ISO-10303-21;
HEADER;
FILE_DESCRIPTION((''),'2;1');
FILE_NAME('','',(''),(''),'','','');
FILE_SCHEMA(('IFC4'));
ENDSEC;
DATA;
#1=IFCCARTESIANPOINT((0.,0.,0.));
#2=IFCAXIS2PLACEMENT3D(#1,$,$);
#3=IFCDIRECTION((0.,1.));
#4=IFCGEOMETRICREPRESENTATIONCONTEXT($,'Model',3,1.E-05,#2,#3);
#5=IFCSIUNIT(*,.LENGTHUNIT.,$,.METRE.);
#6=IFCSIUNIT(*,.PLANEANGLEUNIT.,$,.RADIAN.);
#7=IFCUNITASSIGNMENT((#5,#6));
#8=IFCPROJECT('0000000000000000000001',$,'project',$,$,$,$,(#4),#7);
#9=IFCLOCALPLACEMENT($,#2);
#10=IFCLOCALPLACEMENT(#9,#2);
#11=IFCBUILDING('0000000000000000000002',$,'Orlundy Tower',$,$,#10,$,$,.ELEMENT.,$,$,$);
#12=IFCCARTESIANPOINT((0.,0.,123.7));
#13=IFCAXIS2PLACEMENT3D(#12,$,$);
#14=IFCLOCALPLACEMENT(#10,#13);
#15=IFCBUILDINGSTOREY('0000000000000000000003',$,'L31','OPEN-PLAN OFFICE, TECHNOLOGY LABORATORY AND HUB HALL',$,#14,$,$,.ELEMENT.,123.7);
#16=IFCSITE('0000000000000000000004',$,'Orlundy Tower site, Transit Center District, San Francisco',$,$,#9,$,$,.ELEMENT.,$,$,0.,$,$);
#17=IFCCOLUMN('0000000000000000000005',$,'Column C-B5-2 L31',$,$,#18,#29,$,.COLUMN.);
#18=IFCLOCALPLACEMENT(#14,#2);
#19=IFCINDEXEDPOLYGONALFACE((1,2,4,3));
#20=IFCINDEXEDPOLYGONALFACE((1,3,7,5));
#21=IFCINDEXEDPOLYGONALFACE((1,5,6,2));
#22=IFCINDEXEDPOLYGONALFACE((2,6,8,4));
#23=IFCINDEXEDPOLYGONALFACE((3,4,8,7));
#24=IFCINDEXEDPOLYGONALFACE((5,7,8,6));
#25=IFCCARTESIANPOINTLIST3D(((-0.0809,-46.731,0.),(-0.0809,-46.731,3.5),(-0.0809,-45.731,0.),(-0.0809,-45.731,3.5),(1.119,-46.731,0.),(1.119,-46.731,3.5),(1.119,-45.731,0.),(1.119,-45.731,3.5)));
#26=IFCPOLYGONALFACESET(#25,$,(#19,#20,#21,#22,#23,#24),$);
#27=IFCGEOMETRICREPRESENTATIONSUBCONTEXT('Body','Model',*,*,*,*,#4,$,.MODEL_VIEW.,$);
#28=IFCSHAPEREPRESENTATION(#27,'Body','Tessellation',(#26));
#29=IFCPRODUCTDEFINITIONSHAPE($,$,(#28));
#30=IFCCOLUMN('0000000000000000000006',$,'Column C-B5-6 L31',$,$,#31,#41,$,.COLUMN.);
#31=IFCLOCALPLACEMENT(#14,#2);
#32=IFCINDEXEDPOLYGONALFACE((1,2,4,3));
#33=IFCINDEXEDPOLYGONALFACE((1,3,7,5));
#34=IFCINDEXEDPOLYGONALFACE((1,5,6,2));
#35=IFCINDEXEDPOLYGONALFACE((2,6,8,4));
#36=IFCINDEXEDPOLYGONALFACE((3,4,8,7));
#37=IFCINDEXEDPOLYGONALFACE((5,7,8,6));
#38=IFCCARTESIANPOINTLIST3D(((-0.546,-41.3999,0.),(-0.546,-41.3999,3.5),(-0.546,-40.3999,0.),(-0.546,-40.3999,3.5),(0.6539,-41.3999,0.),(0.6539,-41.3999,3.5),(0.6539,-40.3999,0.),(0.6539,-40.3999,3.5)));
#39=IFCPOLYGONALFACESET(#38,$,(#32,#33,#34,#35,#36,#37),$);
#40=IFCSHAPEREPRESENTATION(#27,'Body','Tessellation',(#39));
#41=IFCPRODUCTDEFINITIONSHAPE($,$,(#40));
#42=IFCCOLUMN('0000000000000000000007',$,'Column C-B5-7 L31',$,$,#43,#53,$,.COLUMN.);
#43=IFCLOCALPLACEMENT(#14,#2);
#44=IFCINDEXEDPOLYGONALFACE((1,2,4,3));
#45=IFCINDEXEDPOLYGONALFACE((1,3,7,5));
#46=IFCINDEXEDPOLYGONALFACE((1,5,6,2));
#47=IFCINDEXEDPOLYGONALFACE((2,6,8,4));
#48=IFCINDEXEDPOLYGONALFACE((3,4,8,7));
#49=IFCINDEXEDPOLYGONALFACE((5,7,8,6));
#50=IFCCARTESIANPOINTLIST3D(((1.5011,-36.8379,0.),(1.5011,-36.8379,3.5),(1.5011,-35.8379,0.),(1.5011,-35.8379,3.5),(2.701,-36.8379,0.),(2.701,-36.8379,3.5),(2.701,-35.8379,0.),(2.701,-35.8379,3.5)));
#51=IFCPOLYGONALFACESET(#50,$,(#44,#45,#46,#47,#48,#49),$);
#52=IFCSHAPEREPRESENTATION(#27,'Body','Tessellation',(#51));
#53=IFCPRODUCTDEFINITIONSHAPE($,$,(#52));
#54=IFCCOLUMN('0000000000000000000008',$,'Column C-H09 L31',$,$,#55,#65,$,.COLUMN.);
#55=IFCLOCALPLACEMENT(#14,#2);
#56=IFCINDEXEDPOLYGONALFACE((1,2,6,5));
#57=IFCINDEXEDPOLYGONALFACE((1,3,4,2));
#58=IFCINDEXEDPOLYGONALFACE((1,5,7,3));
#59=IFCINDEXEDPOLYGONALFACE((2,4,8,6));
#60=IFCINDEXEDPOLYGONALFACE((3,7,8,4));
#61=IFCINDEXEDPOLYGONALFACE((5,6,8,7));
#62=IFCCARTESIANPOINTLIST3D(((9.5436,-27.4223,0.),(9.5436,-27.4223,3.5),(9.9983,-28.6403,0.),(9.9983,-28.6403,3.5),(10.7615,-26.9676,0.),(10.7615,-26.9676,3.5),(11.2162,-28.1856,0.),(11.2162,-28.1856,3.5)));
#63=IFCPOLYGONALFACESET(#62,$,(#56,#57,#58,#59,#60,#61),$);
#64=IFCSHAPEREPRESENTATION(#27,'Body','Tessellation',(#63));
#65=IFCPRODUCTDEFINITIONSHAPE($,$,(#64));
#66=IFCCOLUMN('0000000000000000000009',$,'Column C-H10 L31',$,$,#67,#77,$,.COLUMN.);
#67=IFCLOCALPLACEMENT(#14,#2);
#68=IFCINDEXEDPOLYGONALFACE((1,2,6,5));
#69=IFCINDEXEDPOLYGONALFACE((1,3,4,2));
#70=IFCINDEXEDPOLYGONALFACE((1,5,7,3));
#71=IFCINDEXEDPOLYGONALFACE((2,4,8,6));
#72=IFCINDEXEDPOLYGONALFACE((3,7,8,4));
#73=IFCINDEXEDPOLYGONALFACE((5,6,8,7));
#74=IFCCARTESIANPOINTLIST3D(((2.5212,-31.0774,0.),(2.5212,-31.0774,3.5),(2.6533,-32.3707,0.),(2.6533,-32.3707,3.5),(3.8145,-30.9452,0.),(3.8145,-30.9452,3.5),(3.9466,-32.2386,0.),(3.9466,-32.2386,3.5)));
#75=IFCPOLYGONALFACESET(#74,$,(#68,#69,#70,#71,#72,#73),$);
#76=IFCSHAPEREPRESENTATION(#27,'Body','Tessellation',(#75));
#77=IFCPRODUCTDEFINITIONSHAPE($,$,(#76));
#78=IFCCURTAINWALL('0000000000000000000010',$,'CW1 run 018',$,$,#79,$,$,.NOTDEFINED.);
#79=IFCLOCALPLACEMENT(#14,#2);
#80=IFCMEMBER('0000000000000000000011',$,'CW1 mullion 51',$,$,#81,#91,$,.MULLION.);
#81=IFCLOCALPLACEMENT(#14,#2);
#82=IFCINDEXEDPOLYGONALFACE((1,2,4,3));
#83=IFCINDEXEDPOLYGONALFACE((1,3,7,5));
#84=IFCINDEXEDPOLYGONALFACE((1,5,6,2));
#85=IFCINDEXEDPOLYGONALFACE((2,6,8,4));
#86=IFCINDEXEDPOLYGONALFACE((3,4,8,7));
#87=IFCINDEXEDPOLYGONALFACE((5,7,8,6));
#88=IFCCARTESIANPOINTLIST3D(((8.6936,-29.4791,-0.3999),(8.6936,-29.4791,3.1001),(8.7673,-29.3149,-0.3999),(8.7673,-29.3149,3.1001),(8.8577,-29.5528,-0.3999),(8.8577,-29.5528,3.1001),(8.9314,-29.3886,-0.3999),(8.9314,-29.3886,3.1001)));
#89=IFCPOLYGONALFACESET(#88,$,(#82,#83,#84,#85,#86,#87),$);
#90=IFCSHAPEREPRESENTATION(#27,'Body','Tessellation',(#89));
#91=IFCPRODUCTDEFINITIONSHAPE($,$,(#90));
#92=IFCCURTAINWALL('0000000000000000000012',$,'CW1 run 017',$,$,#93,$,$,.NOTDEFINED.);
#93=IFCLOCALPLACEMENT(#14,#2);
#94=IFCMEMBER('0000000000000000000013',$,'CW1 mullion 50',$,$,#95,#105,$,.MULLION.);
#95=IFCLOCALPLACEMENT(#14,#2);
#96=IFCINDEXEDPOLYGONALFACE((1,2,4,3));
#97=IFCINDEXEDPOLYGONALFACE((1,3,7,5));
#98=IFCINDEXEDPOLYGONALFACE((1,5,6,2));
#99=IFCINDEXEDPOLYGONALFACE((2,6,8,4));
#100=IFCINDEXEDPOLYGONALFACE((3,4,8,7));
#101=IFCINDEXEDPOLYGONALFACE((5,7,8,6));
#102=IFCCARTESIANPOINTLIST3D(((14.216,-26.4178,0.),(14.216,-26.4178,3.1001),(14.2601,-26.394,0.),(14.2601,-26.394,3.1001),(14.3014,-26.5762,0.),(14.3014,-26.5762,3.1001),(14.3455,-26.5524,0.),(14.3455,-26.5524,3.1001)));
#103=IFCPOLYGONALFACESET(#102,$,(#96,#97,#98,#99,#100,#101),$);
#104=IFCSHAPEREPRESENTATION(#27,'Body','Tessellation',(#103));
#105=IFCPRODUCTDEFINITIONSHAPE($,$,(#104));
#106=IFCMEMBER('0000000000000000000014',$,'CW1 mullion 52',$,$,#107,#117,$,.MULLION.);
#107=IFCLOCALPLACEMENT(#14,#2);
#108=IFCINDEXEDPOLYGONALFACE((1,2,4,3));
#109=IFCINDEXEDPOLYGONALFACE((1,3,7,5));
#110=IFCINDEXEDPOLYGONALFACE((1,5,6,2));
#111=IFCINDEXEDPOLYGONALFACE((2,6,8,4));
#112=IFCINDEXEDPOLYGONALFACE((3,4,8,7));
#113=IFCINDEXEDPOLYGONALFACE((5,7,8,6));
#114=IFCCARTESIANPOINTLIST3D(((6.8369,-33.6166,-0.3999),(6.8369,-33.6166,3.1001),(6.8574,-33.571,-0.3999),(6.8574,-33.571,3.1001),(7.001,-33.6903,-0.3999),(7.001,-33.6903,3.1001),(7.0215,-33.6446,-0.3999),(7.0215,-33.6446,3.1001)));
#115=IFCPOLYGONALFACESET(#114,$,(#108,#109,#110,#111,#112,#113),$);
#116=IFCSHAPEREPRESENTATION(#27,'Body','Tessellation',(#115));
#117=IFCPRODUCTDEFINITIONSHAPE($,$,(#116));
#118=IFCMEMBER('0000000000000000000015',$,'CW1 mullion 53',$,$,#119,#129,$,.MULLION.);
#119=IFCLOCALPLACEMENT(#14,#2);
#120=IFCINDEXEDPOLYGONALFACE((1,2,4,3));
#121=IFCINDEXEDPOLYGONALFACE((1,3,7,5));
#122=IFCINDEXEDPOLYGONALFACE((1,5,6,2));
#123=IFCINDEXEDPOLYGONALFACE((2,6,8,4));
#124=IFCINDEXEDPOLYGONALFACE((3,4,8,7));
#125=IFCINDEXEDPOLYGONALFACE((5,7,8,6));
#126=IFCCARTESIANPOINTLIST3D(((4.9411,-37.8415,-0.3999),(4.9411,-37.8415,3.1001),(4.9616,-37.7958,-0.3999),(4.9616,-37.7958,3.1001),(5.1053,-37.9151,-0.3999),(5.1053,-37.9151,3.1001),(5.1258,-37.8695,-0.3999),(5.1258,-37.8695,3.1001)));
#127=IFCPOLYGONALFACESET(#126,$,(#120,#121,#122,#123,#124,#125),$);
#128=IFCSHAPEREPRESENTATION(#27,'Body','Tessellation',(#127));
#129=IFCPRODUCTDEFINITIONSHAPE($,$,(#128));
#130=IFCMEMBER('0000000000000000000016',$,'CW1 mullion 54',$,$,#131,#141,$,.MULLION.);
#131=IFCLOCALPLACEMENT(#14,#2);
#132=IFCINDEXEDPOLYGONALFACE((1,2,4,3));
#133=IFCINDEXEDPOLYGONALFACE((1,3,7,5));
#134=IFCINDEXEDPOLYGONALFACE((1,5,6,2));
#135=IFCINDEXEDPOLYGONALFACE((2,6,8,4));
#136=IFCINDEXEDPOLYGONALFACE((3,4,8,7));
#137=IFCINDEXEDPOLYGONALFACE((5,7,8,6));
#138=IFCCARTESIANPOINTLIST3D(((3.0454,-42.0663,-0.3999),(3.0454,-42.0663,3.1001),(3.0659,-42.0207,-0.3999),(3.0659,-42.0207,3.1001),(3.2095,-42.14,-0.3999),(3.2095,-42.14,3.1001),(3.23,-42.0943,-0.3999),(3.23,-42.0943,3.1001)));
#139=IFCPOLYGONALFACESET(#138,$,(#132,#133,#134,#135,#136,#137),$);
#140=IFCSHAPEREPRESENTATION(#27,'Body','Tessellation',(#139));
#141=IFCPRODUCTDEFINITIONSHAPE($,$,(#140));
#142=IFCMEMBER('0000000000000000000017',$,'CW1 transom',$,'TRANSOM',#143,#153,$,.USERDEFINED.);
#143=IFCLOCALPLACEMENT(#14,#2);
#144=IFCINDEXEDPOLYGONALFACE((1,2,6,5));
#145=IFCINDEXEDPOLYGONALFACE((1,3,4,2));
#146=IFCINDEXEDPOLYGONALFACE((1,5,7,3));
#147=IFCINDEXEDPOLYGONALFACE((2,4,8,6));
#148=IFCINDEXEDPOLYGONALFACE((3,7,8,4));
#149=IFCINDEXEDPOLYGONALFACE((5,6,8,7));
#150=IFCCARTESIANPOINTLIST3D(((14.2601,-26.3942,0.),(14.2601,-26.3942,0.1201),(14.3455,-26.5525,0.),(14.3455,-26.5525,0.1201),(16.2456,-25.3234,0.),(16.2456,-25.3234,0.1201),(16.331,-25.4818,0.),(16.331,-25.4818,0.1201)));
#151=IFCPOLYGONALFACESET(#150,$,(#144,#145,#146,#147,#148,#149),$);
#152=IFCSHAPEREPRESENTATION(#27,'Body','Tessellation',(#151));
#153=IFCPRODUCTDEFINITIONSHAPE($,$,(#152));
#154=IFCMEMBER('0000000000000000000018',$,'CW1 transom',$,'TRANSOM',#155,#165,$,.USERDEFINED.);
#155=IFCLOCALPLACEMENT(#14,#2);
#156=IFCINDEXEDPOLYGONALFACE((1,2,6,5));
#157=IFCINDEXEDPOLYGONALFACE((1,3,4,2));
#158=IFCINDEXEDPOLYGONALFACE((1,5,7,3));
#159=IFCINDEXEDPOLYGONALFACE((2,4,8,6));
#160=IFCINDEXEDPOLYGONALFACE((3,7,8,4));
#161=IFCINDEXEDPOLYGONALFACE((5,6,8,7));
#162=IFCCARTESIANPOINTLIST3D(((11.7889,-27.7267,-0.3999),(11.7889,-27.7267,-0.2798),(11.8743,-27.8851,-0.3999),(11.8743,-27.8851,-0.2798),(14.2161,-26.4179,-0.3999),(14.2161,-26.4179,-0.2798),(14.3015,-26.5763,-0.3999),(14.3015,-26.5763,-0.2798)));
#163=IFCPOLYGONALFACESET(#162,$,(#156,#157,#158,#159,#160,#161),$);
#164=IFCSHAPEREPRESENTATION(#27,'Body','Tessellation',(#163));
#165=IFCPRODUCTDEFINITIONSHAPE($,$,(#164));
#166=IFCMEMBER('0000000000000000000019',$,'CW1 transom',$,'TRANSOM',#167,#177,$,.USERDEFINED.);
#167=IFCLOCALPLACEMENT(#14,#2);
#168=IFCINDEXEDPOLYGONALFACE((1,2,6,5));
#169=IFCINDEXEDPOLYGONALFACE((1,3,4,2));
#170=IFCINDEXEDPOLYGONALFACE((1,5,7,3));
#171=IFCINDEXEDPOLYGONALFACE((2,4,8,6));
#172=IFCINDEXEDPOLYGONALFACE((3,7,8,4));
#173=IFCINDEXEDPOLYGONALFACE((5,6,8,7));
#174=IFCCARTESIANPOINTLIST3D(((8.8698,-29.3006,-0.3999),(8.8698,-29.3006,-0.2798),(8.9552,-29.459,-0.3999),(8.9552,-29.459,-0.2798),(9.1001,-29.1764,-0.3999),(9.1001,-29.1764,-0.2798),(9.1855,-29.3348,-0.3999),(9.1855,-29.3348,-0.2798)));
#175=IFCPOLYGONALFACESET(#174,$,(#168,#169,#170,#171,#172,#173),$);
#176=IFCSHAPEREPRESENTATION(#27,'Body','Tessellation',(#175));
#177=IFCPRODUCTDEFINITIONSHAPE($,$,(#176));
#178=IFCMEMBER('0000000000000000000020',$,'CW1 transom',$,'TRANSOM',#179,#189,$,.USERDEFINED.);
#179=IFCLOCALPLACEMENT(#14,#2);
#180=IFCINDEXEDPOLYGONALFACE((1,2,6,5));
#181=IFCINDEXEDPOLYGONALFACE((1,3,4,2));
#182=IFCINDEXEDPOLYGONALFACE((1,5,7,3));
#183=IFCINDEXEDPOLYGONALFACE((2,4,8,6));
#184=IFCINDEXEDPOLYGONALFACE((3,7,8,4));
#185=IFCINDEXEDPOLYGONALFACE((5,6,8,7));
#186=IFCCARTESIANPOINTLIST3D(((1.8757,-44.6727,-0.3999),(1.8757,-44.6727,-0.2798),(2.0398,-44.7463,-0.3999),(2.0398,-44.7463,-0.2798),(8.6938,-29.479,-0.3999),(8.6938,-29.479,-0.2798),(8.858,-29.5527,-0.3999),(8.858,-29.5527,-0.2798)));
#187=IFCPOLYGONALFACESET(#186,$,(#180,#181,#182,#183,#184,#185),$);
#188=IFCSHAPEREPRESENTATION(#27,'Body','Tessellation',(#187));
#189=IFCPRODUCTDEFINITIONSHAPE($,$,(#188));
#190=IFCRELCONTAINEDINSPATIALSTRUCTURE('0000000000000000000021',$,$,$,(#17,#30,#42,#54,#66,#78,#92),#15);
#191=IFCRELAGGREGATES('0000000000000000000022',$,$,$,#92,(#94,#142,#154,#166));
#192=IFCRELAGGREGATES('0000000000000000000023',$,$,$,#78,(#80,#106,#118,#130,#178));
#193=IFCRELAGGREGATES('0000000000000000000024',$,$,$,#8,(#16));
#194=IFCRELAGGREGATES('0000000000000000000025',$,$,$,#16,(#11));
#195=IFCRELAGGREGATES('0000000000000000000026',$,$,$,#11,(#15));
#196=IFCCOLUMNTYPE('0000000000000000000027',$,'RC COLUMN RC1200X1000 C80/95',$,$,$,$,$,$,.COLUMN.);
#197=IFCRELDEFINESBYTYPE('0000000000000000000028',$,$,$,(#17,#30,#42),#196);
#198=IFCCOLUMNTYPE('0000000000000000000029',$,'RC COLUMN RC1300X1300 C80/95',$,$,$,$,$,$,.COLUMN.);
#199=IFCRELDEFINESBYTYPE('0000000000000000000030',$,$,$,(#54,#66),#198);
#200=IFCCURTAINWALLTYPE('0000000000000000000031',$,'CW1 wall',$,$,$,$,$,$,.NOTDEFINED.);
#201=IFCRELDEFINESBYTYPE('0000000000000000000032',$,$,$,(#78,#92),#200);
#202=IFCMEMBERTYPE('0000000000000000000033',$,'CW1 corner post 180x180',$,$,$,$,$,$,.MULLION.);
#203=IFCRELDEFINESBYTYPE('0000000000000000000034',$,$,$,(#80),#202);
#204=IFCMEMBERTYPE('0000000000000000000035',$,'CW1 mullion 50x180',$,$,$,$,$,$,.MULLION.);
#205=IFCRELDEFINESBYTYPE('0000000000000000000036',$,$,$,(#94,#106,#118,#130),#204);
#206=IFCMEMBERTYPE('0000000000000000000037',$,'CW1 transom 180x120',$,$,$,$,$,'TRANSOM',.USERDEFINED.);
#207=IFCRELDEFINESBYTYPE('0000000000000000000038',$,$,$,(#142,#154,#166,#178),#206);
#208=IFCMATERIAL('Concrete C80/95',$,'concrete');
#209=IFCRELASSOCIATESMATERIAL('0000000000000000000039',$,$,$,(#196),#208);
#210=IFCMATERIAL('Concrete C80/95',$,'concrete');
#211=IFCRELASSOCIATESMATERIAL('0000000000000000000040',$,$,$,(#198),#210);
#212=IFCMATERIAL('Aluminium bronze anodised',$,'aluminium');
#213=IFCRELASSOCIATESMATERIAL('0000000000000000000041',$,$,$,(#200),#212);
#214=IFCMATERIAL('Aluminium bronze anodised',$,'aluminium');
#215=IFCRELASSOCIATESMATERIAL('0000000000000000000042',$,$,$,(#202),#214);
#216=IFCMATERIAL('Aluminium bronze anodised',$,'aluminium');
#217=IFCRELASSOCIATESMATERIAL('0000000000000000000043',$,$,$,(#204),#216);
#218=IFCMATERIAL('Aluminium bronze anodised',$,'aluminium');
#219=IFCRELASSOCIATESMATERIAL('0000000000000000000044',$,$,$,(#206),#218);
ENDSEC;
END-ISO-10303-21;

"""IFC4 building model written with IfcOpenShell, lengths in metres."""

from ifc_helpers import new_model, si_unit, direction, frame, origin, origin_2d, place, context, subcontext, project, spatial, rectangle, extrude, material, material_profile, profile_set, type_object, element, aggregate, save


model = new_model("IFC4")

# Units and contexts
model_context = context("Model", 3, precision=1e-05, world=origin(), true_north=direction((0.0, 1.0)))
body_context = subcontext(model_context, "Body", "Model", "MODEL_VIEW")
ifc_project = project(units=[si_unit("LENGTHUNIT", "METRE"), si_unit("PLANEANGLEUNIT", "RADIAN")], contexts=[model_context])

# Site, building, storey
site_placement = place(None, origin())
site = spatial("IfcSite", under=ifc_project, at=site_placement, Name="Orlundy Tower site, Transit Center District, San Francisco", CompositionType="ELEMENT", RefElevation=0.0)
building_placement = place(site_placement, origin())
building = spatial("IfcBuilding", under=site, at=building_placement, Name="Orlundy Tower", CompositionType="ELEMENT")
storey_placement = place(building_placement, frame((0.0, 0.0, 123.7)))
storey = spatial("IfcBuildingStorey", under=building, at=storey_placement, Name="L31", Description="OPEN-PLAN OFFICE, TECHNOLOGY LABORATORY AND HUB HALL", CompositionType="ELEMENT", Elevation=123.7)

# Columns
ifc_material_1 = material(Name="Concrete C80/95", Category="concrete")
ifc_material_profile_1 = material_profile(ifc_material_1, rectangle(XDim=1.2, YDim=1.0, at=origin_2d()), Name="RC1200X1000")
ifc_profile_set_1 = profile_set([ifc_material_profile_1], Name="Concrete C80/95")
column_type_1 = type_object("IfcColumnType", Name="RC COLUMN RC1200X1000 C80/95", PredefinedType="COLUMN", material=ifc_profile_set_1)
for number, where, z_axis, x_axis, name in (
    (1, (0.519, -46.231, 0.0), (0.0, 0.0, 1.0), (1.0, 0.0, 0.0), "Column C-B5-2 L31"),
    (2, (0.054, -40.8999, 0.0), (0.0, 0.0, 1.0), (1.0, 0.0, 0.0), "Column C-B5-6 L31"),
    (3, (2.1011, -36.3379, 0.0), (0.0, 0.0, 1.0), (1.0, 0.0, 0.0), "Column C-B5-7 L31"),
):
    element("IfcColumn", number, at=place(storey_placement, frame(where, z_axis=z_axis, x_axis=x_axis)), inside=storey, type_object=column_type_1, Name=name, PredefinedType="COLUMN", context=body_context, shape_type="SweptSolid", body=[
        extrude(rectangle(XDim=1.2, YDim=1.0, at=origin_2d()), origin(), (0.0, 0.0, 1.0), 3.5),
    ])
ifc_material_2 = material(Name="Concrete C80/95", Category="concrete")
ifc_material_profile_2 = material_profile(ifc_material_2, rectangle(XDim=1.3, YDim=1.3, at=origin_2d()), Name="RC1300X1300")
ifc_profile_set_2 = profile_set([ifc_material_profile_2], Name="Concrete C80/95")
column_type_2 = type_object("IfcColumnType", Name="RC COLUMN RC1300X1300 C80/95", PredefinedType="COLUMN", material=ifc_profile_set_2)
for number, where, z_axis, x_axis, name in (
    (4, (10.3799, -27.804, 0.0), (0.0, 0.0, 1.0), (0.34975, -0.936843, 0.0), "Column C-H09 L31"),
    (5, (3.2339, -31.658, 0.0), (0.0, 0.0, 1.0), (0.101629, -0.994822, 0.0), "Column C-H10 L31"),
):
    element("IfcColumn", number, at=place(storey_placement, frame(where, z_axis=z_axis, x_axis=x_axis)), inside=storey, type_object=column_type_2, Name=name, PredefinedType="COLUMN", context=body_context, shape_type="SweptSolid", body=[
        extrude(rectangle(XDim=1.3, YDim=1.3, at=origin_2d()), origin(), (0.0, 0.0, 1.0), 3.5),
    ])

# Curtain walls, members
ifc_material_3 = material(Name="Aluminium bronze anodised", Category="aluminium")
curtain_wall_type = type_object("IfcCurtainWallType", Name="CW1 wall", PredefinedType="NOTDEFINED", material=ifc_material_3)
curtain_wall_1_placement = place(storey_placement, origin())
curtain_wall_1 = element("IfcCurtainWall", 6, at=curtain_wall_1_placement, inside=storey, type_object=curtain_wall_type, Name="CW1 run 018", PredefinedType="NOTDEFINED")
ifc_material_4 = material(Name="Aluminium bronze anodised", Category="aluminium")
ifc_material_profile_3 = material_profile(ifc_material_4, rectangle(XDim=0.1799, YDim=0.1799, at=origin_2d()), Name="CW1 corner post 180x180")
ifc_profile_set_3 = profile_set([ifc_material_profile_3], Name="Aluminium bronze anodised")
member_type_1 = type_object("IfcMemberType", Name="CW1 corner post 180x180", PredefinedType="MULLION", material=ifc_profile_set_3)
member_1_placement = place(storey_placement, frame((8.8125, -29.4338, -0.3999), z_axis=(0.0, 0.0, 1.0), x_axis=(0.912353, -0.409405, 0.0)))
member_1 = element("IfcMember", 7, at=member_1_placement, type_object=member_type_1, Name="CW1 mullion 51", PredefinedType="MULLION", context=body_context, shape_type="SweptSolid", body=[
    extrude(rectangle(XDim=0.1799, YDim=0.1799, at=origin_2d()), origin(), (0.0, 0.0, 1.0), 3.5),
])
curtain_wall_2_placement = place(storey_placement, origin())
curtain_wall_2 = element("IfcCurtainWall", 8, at=curtain_wall_2_placement, inside=storey, type_object=curtain_wall_type, Name="CW1 run 017", PredefinedType="NOTDEFINED")
ifc_material_5 = material(Name="Aluminium bronze anodised", Category="aluminium")
ifc_material_profile_4 = material_profile(ifc_material_5, rectangle(XDim=0.1799, YDim=0.05, at=origin_2d()), Name="CW1 mullion 50x180")
ifc_profile_set_4 = profile_set([ifc_material_profile_4], Name="Aluminium bronze anodised")
member_type_2 = type_object("IfcMemberType", Name="CW1 mullion 50x180", PredefinedType="MULLION", material=ifc_profile_set_4)
member_2_placement = place(storey_placement, frame((14.2808, -26.4851, 0.0), z_axis=(0.0, 0.0, 1.0), x_axis=(0.474616, -0.880193, 0.0)))
member_2 = element("IfcMember", 9, at=member_2_placement, type_object=member_type_2, Name="CW1 mullion 50", PredefinedType="MULLION", context=body_context, shape_type="SweptSolid", body=[
    extrude(rectangle(XDim=0.1799, YDim=0.05, at=origin_2d()), origin(), (0.0, 0.0, 1.0), 3.1001),
])

# Members
member_3_placement = place(storey_placement, frame((6.9292, -33.6306, -0.3999), z_axis=(0.0, 0.0, 1.0), x_axis=(0.912353, -0.409405, 0.0)))
member_3 = element("IfcMember", 10, at=member_3_placement, type_object=member_type_2, Name="CW1 mullion 52", PredefinedType="MULLION", context=body_context, shape_type="SweptSolid", body=[
    extrude(rectangle(XDim=0.1799, YDim=0.05, at=origin_2d()), origin(), (0.0, 0.0, 1.0), 3.5),
])
member_4_placement = place(storey_placement, frame((5.0334, -37.8555, -0.3999), z_axis=(0.0, 0.0, 1.0), x_axis=(0.912353, -0.409405, 0.0)))
member_4 = element("IfcMember", 11, at=member_4_placement, type_object=member_type_2, Name="CW1 mullion 53", PredefinedType="MULLION", context=body_context, shape_type="SweptSolid", body=[
    extrude(rectangle(XDim=0.1799, YDim=0.05, at=origin_2d()), origin(), (0.0, 0.0, 1.0), 3.5),
])
member_5_placement = place(storey_placement, frame((3.1377, -42.0803, -0.3999), z_axis=(0.0, 0.0, 1.0), x_axis=(0.912353, -0.409405, 0.0)))
member_5 = element("IfcMember", 12, at=member_5_placement, type_object=member_type_2, Name="CW1 mullion 54", PredefinedType="MULLION", context=body_context, shape_type="SweptSolid", body=[
    extrude(rectangle(XDim=0.1799, YDim=0.05, at=origin_2d()), origin(), (0.0, 0.0, 1.0), 3.5),
])
ifc_material_6 = material(Name="Aluminium bronze anodised", Category="aluminium")
ifc_material_profile_5 = material_profile(ifc_material_6, rectangle(XDim=0.1799, YDim=0.1201, at=origin_2d()), Name="CW1 transom 180x120")
ifc_profile_set_5 = profile_set([ifc_material_profile_5], Name="Aluminium bronze anodised")
member_type_3 = type_object("IfcMemberType", Name="CW1 transom 180x120", ElementType="TRANSOM", PredefinedType="USERDEFINED", material=ifc_profile_set_5)
member_6_placement = place(storey_placement, frame((16.2883, -25.4026, 0.0601), z_axis=(-0.880169, -0.474661, 0.0), x_axis=(0.474661, -0.880169, 0.0)))
member_6 = element("IfcMember", 13, at=member_6_placement, type_object=member_type_3, Name="CW1 transom", ObjectType="TRANSOM", PredefinedType="USERDEFINED", context=body_context, shape_type="SweptSolid", body=[
    extrude(rectangle(XDim=0.1799, YDim=0.1201, at=origin_2d()), origin(), (0.0, 0.0, 1.0), 2.2559),
])
member_7_placement = place(storey_placement, frame((14.2588, -26.4971, -0.3398), z_axis=(-0.88019, -0.474622, 0.0), x_axis=(0.474622, -0.88019, 0.0)))
member_7 = element("IfcMember", 14, at=member_7_placement, type_object=member_type_3, Name="CW1 transom", ObjectType="TRANSOM", PredefinedType="USERDEFINED", context=body_context, shape_type="SweptSolid", body=[
    extrude(rectangle(XDim=0.1799, YDim=0.1201, at=origin_2d()), origin(), (0.0, 0.0, 1.0), 2.7576),
])
member_8_placement = place(storey_placement, frame((9.1428, -29.2556, -0.3398), z_axis=(-0.880201, -0.4746, 0.0), x_axis=(0.4746, -0.880201, 0.0)))
member_8 = element("IfcMember", 15, at=member_8_placement, type_object=member_type_3, Name="CW1 transom", ObjectType="TRANSOM", PredefinedType="USERDEFINED", context=body_context, shape_type="SweptSolid", body=[
    extrude(rectangle(XDim=0.1799, YDim=0.1201, at=origin_2d()), origin(), (0.0, 0.0, 1.0), 0.2617),
])
member_9_placement = place(storey_placement, frame((8.7759, -29.5159, -0.3398), z_axis=(-0.409415, -0.912348, 0.0), x_axis=(0.912348, -0.409415, 0.0)))
member_9 = element("IfcMember", 16, at=member_9_placement, type_object=member_type_3, Name="CW1 transom", ObjectType="TRANSOM", PredefinedType="USERDEFINED", context=body_context, shape_type="SweptSolid", body=[
    extrude(rectangle(XDim=0.1799, YDim=0.1201, at=origin_2d()), origin(), (0.0, 0.0, 1.0), 16.6533),
])

aggregate(curtain_wall_2, [member_2, member_6, member_7, member_8])
aggregate(curtain_wall_1, [member_1, member_3, member_4, member_5, member_9])

save(model, "model.ifc")
